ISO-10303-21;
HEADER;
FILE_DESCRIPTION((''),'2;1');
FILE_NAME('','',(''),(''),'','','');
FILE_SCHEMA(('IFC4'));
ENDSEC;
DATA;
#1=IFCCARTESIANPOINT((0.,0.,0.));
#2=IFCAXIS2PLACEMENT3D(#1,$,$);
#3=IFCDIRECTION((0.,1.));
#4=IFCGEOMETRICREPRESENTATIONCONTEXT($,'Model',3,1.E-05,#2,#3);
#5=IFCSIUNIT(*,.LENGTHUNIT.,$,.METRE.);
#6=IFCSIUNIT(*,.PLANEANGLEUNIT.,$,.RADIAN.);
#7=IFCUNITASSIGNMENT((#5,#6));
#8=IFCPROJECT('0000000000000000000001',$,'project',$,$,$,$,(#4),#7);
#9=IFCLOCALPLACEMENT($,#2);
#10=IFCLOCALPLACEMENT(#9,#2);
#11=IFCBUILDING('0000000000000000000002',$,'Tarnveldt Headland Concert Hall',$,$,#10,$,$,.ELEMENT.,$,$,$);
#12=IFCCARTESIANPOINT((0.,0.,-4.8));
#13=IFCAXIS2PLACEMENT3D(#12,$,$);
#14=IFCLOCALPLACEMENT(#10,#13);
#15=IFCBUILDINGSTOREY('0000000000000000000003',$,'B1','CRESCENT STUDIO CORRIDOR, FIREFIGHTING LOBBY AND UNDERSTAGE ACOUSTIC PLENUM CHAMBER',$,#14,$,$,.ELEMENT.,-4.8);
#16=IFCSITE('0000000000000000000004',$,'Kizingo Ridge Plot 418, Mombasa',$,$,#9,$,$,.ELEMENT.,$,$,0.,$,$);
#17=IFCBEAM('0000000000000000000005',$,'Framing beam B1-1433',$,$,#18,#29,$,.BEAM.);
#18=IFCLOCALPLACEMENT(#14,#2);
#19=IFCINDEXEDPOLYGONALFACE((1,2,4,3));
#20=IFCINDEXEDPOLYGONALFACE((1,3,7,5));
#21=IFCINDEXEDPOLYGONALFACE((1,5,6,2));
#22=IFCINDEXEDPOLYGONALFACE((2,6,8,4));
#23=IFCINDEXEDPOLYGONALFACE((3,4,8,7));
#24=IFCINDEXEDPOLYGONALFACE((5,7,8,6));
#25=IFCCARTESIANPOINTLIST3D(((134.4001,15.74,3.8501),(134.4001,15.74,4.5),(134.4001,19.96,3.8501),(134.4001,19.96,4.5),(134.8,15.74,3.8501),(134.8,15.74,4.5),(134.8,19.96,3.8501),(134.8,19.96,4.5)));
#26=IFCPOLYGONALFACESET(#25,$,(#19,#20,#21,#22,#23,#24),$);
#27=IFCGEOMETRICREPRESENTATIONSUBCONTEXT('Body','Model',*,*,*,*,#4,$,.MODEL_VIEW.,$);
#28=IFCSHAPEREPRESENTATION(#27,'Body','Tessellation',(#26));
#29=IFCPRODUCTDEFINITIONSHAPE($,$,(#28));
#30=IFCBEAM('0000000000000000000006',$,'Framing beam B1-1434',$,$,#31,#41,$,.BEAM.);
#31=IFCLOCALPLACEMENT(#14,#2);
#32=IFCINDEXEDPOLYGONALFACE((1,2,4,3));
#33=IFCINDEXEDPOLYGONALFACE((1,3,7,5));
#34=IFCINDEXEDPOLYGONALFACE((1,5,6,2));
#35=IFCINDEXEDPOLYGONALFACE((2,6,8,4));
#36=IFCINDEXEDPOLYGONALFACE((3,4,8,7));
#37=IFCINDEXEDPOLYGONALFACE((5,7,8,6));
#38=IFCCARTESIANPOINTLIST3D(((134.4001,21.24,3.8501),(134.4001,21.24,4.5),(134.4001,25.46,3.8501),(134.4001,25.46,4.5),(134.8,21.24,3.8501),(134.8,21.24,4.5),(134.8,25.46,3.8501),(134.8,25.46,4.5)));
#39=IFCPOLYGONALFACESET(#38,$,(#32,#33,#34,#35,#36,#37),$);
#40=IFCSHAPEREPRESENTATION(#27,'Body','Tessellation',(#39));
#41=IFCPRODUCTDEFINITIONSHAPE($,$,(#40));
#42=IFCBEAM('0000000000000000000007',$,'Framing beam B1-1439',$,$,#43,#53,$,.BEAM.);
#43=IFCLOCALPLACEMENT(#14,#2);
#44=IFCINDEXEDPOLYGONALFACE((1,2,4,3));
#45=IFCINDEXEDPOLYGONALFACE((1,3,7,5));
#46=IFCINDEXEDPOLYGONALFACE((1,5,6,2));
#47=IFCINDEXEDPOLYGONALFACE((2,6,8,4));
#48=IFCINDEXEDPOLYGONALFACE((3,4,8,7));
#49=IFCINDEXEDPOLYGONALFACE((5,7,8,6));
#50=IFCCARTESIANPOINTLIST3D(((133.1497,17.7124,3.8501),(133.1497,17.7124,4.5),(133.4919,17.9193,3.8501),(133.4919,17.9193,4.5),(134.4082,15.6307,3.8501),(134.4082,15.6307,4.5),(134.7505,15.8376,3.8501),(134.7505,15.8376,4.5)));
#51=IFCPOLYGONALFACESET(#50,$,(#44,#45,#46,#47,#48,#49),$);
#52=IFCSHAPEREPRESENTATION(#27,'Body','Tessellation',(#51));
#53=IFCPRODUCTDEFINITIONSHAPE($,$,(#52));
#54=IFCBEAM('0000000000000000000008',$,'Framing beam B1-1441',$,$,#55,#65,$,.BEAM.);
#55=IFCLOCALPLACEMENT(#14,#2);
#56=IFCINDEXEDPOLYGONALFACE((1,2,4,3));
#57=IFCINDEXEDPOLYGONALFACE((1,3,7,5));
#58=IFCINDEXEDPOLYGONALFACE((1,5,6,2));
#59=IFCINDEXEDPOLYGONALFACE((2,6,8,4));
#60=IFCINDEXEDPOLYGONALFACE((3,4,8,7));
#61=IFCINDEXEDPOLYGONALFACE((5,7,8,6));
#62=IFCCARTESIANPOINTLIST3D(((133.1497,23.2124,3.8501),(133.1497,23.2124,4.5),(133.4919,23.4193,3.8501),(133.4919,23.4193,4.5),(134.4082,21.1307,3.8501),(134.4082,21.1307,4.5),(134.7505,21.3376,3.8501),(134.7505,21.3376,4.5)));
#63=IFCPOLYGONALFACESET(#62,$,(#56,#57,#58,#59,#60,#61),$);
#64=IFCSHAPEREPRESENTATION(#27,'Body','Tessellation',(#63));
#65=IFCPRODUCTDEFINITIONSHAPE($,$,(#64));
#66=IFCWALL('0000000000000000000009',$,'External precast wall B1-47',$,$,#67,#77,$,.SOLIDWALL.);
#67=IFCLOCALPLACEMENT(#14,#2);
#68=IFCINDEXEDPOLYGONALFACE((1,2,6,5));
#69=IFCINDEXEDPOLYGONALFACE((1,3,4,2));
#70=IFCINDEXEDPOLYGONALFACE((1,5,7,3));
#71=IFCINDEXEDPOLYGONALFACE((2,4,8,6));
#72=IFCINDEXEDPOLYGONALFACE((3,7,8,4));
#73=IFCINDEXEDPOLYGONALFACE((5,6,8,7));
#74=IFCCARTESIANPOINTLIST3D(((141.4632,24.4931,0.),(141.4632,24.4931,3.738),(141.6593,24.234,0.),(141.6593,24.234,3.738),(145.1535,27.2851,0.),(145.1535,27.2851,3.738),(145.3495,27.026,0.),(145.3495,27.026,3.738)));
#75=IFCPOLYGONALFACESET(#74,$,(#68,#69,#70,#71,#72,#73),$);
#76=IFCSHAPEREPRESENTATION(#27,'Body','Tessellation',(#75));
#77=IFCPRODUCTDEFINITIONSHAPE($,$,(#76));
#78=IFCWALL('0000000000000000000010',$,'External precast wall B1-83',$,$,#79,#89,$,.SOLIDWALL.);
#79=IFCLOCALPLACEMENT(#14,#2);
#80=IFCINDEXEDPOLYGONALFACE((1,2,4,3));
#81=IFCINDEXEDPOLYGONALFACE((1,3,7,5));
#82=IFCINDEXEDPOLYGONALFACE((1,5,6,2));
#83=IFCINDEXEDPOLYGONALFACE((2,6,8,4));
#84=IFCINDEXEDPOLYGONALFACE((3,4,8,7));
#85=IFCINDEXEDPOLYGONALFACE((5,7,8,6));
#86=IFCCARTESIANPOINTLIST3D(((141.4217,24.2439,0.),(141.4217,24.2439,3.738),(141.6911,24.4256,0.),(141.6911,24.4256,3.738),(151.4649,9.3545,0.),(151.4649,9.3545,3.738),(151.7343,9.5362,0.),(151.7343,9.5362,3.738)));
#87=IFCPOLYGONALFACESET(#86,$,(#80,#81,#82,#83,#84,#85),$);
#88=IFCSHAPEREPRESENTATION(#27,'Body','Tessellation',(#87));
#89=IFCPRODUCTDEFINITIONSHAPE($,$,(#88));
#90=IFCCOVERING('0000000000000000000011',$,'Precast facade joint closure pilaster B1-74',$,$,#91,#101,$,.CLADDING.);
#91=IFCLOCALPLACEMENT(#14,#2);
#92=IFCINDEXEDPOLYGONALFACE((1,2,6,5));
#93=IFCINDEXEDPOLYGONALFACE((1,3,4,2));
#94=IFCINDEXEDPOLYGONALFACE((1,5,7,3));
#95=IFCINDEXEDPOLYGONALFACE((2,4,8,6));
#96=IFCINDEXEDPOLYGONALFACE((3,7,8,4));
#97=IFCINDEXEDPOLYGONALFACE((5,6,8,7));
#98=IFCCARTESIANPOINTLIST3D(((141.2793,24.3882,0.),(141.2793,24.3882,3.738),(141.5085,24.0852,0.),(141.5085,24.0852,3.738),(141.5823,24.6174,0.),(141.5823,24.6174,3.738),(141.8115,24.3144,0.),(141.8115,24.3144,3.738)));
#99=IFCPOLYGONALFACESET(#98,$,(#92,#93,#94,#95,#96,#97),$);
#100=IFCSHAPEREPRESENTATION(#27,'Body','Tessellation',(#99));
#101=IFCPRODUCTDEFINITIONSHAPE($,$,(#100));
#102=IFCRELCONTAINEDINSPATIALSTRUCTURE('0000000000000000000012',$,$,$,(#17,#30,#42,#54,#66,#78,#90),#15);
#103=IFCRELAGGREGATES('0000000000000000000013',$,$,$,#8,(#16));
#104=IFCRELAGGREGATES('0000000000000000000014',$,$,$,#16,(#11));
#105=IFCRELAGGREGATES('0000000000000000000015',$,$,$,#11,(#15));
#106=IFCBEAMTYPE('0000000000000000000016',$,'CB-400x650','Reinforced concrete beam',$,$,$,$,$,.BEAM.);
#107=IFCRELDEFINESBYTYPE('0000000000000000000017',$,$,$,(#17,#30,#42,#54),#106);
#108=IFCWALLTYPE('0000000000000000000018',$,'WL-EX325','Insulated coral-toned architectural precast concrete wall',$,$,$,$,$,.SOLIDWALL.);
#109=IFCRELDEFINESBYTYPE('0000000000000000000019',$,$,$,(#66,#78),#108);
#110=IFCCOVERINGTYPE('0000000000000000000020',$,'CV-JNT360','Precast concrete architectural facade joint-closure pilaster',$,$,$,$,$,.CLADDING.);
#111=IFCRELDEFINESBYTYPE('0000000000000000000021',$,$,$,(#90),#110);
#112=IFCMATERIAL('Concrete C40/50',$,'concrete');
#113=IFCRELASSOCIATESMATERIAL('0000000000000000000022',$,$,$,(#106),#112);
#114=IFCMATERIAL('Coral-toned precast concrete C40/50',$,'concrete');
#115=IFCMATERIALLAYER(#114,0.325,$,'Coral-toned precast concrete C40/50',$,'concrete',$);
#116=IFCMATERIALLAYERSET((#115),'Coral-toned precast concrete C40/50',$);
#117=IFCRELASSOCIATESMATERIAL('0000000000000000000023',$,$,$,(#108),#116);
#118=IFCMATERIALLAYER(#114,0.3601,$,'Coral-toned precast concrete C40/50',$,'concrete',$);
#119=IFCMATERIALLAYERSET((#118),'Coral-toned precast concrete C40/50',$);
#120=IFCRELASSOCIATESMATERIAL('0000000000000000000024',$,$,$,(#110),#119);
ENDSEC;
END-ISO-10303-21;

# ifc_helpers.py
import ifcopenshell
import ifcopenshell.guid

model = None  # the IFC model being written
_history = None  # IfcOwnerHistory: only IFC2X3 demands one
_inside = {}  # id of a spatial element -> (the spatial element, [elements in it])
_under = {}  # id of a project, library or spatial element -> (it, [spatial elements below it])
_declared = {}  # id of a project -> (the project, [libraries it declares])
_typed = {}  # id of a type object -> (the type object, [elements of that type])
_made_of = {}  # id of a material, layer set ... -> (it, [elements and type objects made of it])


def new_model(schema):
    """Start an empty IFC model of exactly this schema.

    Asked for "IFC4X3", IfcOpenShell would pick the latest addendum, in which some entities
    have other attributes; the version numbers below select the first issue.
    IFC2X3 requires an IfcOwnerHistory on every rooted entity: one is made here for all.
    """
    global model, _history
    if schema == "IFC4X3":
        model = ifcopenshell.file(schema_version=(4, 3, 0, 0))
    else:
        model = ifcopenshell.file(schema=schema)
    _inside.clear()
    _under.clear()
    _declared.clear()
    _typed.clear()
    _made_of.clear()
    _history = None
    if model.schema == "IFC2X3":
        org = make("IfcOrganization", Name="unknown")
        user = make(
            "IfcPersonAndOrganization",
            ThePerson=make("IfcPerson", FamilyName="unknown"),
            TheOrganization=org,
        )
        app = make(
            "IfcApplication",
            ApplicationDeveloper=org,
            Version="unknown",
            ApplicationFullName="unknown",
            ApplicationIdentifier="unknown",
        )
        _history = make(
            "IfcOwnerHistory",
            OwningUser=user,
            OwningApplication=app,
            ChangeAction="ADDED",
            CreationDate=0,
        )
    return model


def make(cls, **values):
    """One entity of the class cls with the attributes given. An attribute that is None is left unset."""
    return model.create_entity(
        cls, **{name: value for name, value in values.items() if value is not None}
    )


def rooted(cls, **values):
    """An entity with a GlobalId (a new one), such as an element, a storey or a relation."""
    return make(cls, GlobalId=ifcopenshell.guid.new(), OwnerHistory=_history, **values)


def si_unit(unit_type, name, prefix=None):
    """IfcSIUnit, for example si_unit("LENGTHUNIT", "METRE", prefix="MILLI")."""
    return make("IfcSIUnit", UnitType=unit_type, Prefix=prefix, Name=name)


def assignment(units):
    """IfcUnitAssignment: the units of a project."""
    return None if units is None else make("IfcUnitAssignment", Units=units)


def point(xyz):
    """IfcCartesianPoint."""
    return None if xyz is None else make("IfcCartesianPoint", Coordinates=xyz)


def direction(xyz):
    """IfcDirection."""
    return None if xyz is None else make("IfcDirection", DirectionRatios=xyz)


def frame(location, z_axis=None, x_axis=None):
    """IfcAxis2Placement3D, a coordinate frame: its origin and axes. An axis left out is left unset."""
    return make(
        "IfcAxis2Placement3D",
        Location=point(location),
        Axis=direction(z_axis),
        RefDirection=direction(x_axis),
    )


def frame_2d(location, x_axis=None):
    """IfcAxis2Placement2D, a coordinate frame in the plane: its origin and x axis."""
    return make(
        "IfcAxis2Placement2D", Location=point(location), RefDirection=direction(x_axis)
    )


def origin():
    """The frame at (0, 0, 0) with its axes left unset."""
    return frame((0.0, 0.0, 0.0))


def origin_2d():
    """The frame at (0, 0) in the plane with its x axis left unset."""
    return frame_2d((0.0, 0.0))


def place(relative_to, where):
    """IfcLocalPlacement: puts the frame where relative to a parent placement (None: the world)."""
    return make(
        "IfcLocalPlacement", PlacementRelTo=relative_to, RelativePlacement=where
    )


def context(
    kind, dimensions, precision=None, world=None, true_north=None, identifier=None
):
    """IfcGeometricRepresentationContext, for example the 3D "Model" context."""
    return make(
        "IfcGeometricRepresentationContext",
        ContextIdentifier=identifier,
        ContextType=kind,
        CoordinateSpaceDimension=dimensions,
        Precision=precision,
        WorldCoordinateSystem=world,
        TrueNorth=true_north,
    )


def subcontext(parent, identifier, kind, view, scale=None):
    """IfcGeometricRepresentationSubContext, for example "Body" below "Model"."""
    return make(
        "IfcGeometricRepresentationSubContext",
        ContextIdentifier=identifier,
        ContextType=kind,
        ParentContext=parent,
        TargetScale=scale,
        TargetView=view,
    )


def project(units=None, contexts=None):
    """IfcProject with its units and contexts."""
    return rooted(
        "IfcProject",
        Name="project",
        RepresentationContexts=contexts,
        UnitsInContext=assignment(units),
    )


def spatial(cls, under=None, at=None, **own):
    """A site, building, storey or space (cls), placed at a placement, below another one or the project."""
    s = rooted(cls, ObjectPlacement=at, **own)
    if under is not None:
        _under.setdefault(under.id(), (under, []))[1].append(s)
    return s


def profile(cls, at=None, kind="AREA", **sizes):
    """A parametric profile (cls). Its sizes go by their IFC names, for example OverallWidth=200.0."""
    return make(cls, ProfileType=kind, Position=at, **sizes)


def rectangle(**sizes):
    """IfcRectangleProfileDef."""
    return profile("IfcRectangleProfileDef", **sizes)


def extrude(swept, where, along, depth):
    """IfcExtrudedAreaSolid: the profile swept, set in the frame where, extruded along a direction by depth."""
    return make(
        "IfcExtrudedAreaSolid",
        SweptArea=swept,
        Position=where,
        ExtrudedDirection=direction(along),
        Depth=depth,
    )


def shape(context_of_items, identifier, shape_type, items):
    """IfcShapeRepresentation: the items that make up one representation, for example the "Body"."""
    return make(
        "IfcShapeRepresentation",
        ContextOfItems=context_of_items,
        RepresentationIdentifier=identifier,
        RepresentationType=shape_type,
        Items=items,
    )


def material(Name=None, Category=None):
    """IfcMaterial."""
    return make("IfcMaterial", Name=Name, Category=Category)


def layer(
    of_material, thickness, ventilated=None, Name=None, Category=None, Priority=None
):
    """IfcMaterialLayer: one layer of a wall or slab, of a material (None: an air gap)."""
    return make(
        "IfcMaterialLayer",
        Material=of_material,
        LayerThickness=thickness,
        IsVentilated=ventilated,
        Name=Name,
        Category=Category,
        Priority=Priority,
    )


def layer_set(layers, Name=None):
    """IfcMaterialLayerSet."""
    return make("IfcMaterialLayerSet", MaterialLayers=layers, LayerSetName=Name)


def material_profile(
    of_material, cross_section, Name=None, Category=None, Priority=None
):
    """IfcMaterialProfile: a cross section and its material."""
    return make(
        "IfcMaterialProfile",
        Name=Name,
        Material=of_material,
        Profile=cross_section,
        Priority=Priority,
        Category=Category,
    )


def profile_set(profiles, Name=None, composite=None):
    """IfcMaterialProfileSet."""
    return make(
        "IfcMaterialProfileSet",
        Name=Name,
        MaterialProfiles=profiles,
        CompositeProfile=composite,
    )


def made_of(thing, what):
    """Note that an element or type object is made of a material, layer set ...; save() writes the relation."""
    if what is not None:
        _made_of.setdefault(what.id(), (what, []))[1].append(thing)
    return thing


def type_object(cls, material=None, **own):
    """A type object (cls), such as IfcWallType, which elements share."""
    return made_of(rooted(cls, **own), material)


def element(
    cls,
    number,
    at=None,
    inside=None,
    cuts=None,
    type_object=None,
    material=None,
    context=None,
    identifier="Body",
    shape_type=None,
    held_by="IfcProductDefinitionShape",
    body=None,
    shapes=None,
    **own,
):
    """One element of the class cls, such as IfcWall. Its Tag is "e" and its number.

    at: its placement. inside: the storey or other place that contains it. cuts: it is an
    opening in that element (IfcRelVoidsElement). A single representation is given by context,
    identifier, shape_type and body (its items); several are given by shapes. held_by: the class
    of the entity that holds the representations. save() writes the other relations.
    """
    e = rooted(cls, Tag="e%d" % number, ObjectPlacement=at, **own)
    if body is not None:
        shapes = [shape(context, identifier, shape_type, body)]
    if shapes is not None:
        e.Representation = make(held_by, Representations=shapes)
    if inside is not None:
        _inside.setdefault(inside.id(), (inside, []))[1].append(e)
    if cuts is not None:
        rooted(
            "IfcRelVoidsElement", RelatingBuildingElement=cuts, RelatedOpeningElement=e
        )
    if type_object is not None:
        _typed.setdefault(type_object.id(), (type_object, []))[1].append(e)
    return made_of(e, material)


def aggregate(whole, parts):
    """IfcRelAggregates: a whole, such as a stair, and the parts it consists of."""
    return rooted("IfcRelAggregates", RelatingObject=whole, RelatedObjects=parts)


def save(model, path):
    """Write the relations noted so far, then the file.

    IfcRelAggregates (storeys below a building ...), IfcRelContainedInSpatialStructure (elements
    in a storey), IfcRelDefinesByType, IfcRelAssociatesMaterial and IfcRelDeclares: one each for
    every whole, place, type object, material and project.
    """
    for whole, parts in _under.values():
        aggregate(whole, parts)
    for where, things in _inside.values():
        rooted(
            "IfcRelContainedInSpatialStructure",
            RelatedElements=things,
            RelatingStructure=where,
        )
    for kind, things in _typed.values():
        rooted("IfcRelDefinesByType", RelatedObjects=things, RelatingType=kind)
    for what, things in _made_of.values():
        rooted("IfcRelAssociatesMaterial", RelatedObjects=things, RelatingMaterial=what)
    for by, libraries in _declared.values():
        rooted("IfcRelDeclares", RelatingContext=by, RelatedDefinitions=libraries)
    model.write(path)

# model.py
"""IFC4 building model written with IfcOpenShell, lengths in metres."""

from ifc_helpers import new_model, si_unit, direction, frame, frame_2d, origin, origin_2d, place, context, subcontext, project, spatial, rectangle, extrude, material, layer, layer_set, material_profile, profile_set, type_object, element, save


model = new_model("IFC4")

# Units and contexts
model_context = context("Model", 3, precision=1e-05, world=origin(), true_north=direction((0.0, 1.0)))
body_context = subcontext(model_context, "Body", "Model", "MODEL_VIEW")
ifc_project = project(units=[si_unit("LENGTHUNIT", "METRE"), si_unit("PLANEANGLEUNIT", "RADIAN")], contexts=[model_context])

# Site, building, storey
site_placement = place(None, origin())
site = spatial("IfcSite", under=ifc_project, at=site_placement, Name="Kizingo Ridge Plot 418, Mombasa", CompositionType="ELEMENT", RefElevation=0.0)
building_placement = place(site_placement, origin())
building = spatial("IfcBuilding", under=site, at=building_placement, Name="Tarnveldt Headland Concert Hall", CompositionType="ELEMENT")
storey_placement = place(building_placement, frame((0.0, 0.0, -4.8)))
storey = spatial("IfcBuildingStorey", under=building, at=storey_placement, Name="B1", Description="CRESCENT STUDIO CORRIDOR, FIREFIGHTING LOBBY AND UNDERSTAGE ACOUSTIC PLENUM CHAMBER", CompositionType="ELEMENT", Elevation=-4.8)

# Shared definitions
ifc_material_1 = material(Name="Concrete C40/50", Category="concrete")

# Beams
ifc_material_profile_1 = material_profile(ifc_material_1, rectangle(XDim=0.3999, YDim=0.6499, at=origin_2d()), Name="RC 400x650", Category="concrete")
ifc_profile_set_1 = profile_set([ifc_material_profile_1], Name="Concrete C40/50")
beam_type = type_object("IfcBeamType", Name="CB-400x650", Description="Reinforced concrete beam", PredefinedType="BEAM", material=ifc_profile_set_1)
for number, where, z_axis, x_axis, name in (
    (1, (134.6001, 15.74, 4.175), (0.0, 1.0, 0.0), (-1.0, 0.0, 0.0), "Framing beam B1-1433"),
    (2, (134.6001, 21.24, 4.175), (0.0, 1.0, 0.0), (-1.0, 0.0, 0.0), "Framing beam B1-1434"),
):
    element("IfcBeam", number, at=place(storey_placement, frame(where, z_axis=z_axis, x_axis=x_axis)), inside=storey, type_object=beam_type, Name=name, PredefinedType="BEAM", context=body_context, shape_type="SweptSolid", body=[
        extrude(rectangle(XDim=0.3999, YDim=0.6499, at=origin_2d()), origin(), (0.0, 0.0, 1.0), 4.22),
    ])
for number, where, z_axis, x_axis, name in (
    (3, (134.5793, 15.7341, 4.175), (-0.517356, 0.85577, 0.0), (-0.85577, -0.517356, 0.0), "Framing beam B1-1439"),
    (4, (134.5793, 21.2341, 4.175), (-0.517356, 0.85577, 0.0), (-0.85577, -0.517356, 0.0), "Framing beam B1-1441"),
):
    element("IfcBeam", number, at=place(storey_placement, frame(where, z_axis=z_axis, x_axis=x_axis)), inside=storey, type_object=beam_type, Name=name, PredefinedType="BEAM", context=body_context, shape_type="SweptSolid", body=[
        extrude(rectangle(XDim=0.3999, YDim=0.6499, at=origin_2d()), origin(), (0.0, 0.0, 1.0), 2.4326),
    ])

# Walls
ifc_material_2 = material(Name="Coral-toned precast concrete C40/50", Category="concrete")
ifc_layer_1 = layer(ifc_material_2, 0.325, Name="Coral-toned precast concrete C40/50", Category="concrete")
ifc_layer_set_1 = layer_set([ifc_layer_1], Name="Coral-toned precast concrete C40/50")
wall_type = type_object("IfcWallType", Name="WL-EX325", Description="Insulated coral-toned architectural precast concrete wall", PredefinedType="SOLIDWALL", material=ifc_layer_set_1)
wall_1_placement = place(storey_placement, frame((141.5613, 24.3635, 0.0), z_axis=(0.0, 0.0, 1.0), x_axis=(0.797467, 0.603363, 0.0)))
element("IfcWall", 5, at=wall_1_placement, inside=storey, type_object=wall_type, Name="External precast wall B1-47", PredefinedType="SOLIDWALL", context=body_context, shape_type="SweptSolid", body=[
    extrude(rectangle(XDim=4.6274, YDim=0.325, at=frame_2d((2.3137, 0.0))), origin(), (0.0, 0.0, 1.0), 3.738),
])
wall_2_placement = place(storey_placement, frame((141.5564, 24.3347, 0.0), z_axis=(0.0, 0.0, 1.0), x_axis=(0.5592, -0.829033, 0.0)))
element("IfcWall", 6, at=wall_2_placement, inside=storey, type_object=wall_type, Name="External precast wall B1-83", PredefinedType="SOLIDWALL", context=body_context, shape_type="SweptSolid", body=[
    extrude(rectangle(XDim=17.96, YDim=0.325, at=frame_2d((8.98, 0.0))), origin(), (0.0, 0.0, 1.0), 3.738),
])

# Covering
ifc_layer_2 = layer(ifc_material_2, 0.3601, Name="Coral-toned precast concrete C40/50", Category="concrete")
ifc_layer_set_2 = layer_set([ifc_layer_2], Name="Coral-toned precast concrete C40/50")
covering_type = type_object("IfcCoveringType", Name="CV-JNT360", Description="Precast concrete architectural facade joint-closure pilaster", PredefinedType="CLADDING", material=ifc_layer_set_2)
covering_placement = place(storey_placement, frame((141.5454, 24.3513, 0.0), z_axis=(0.0, 0.0, 1.0), x_axis=(0.797479, 0.603347, 0.0)))
element("IfcCovering", 7, at=covering_placement, inside=storey, type_object=covering_type, Name="Precast facade joint closure pilaster B1-74", PredefinedType="CLADDING", context=body_context, shape_type="SweptSolid", body=[
    extrude(rectangle(XDim=0.3799, YDim=0.3799, at=origin_2d()), origin(), (0.0, 0.0, 1.0), 3.738),
])

save(model, "model.ifc")
